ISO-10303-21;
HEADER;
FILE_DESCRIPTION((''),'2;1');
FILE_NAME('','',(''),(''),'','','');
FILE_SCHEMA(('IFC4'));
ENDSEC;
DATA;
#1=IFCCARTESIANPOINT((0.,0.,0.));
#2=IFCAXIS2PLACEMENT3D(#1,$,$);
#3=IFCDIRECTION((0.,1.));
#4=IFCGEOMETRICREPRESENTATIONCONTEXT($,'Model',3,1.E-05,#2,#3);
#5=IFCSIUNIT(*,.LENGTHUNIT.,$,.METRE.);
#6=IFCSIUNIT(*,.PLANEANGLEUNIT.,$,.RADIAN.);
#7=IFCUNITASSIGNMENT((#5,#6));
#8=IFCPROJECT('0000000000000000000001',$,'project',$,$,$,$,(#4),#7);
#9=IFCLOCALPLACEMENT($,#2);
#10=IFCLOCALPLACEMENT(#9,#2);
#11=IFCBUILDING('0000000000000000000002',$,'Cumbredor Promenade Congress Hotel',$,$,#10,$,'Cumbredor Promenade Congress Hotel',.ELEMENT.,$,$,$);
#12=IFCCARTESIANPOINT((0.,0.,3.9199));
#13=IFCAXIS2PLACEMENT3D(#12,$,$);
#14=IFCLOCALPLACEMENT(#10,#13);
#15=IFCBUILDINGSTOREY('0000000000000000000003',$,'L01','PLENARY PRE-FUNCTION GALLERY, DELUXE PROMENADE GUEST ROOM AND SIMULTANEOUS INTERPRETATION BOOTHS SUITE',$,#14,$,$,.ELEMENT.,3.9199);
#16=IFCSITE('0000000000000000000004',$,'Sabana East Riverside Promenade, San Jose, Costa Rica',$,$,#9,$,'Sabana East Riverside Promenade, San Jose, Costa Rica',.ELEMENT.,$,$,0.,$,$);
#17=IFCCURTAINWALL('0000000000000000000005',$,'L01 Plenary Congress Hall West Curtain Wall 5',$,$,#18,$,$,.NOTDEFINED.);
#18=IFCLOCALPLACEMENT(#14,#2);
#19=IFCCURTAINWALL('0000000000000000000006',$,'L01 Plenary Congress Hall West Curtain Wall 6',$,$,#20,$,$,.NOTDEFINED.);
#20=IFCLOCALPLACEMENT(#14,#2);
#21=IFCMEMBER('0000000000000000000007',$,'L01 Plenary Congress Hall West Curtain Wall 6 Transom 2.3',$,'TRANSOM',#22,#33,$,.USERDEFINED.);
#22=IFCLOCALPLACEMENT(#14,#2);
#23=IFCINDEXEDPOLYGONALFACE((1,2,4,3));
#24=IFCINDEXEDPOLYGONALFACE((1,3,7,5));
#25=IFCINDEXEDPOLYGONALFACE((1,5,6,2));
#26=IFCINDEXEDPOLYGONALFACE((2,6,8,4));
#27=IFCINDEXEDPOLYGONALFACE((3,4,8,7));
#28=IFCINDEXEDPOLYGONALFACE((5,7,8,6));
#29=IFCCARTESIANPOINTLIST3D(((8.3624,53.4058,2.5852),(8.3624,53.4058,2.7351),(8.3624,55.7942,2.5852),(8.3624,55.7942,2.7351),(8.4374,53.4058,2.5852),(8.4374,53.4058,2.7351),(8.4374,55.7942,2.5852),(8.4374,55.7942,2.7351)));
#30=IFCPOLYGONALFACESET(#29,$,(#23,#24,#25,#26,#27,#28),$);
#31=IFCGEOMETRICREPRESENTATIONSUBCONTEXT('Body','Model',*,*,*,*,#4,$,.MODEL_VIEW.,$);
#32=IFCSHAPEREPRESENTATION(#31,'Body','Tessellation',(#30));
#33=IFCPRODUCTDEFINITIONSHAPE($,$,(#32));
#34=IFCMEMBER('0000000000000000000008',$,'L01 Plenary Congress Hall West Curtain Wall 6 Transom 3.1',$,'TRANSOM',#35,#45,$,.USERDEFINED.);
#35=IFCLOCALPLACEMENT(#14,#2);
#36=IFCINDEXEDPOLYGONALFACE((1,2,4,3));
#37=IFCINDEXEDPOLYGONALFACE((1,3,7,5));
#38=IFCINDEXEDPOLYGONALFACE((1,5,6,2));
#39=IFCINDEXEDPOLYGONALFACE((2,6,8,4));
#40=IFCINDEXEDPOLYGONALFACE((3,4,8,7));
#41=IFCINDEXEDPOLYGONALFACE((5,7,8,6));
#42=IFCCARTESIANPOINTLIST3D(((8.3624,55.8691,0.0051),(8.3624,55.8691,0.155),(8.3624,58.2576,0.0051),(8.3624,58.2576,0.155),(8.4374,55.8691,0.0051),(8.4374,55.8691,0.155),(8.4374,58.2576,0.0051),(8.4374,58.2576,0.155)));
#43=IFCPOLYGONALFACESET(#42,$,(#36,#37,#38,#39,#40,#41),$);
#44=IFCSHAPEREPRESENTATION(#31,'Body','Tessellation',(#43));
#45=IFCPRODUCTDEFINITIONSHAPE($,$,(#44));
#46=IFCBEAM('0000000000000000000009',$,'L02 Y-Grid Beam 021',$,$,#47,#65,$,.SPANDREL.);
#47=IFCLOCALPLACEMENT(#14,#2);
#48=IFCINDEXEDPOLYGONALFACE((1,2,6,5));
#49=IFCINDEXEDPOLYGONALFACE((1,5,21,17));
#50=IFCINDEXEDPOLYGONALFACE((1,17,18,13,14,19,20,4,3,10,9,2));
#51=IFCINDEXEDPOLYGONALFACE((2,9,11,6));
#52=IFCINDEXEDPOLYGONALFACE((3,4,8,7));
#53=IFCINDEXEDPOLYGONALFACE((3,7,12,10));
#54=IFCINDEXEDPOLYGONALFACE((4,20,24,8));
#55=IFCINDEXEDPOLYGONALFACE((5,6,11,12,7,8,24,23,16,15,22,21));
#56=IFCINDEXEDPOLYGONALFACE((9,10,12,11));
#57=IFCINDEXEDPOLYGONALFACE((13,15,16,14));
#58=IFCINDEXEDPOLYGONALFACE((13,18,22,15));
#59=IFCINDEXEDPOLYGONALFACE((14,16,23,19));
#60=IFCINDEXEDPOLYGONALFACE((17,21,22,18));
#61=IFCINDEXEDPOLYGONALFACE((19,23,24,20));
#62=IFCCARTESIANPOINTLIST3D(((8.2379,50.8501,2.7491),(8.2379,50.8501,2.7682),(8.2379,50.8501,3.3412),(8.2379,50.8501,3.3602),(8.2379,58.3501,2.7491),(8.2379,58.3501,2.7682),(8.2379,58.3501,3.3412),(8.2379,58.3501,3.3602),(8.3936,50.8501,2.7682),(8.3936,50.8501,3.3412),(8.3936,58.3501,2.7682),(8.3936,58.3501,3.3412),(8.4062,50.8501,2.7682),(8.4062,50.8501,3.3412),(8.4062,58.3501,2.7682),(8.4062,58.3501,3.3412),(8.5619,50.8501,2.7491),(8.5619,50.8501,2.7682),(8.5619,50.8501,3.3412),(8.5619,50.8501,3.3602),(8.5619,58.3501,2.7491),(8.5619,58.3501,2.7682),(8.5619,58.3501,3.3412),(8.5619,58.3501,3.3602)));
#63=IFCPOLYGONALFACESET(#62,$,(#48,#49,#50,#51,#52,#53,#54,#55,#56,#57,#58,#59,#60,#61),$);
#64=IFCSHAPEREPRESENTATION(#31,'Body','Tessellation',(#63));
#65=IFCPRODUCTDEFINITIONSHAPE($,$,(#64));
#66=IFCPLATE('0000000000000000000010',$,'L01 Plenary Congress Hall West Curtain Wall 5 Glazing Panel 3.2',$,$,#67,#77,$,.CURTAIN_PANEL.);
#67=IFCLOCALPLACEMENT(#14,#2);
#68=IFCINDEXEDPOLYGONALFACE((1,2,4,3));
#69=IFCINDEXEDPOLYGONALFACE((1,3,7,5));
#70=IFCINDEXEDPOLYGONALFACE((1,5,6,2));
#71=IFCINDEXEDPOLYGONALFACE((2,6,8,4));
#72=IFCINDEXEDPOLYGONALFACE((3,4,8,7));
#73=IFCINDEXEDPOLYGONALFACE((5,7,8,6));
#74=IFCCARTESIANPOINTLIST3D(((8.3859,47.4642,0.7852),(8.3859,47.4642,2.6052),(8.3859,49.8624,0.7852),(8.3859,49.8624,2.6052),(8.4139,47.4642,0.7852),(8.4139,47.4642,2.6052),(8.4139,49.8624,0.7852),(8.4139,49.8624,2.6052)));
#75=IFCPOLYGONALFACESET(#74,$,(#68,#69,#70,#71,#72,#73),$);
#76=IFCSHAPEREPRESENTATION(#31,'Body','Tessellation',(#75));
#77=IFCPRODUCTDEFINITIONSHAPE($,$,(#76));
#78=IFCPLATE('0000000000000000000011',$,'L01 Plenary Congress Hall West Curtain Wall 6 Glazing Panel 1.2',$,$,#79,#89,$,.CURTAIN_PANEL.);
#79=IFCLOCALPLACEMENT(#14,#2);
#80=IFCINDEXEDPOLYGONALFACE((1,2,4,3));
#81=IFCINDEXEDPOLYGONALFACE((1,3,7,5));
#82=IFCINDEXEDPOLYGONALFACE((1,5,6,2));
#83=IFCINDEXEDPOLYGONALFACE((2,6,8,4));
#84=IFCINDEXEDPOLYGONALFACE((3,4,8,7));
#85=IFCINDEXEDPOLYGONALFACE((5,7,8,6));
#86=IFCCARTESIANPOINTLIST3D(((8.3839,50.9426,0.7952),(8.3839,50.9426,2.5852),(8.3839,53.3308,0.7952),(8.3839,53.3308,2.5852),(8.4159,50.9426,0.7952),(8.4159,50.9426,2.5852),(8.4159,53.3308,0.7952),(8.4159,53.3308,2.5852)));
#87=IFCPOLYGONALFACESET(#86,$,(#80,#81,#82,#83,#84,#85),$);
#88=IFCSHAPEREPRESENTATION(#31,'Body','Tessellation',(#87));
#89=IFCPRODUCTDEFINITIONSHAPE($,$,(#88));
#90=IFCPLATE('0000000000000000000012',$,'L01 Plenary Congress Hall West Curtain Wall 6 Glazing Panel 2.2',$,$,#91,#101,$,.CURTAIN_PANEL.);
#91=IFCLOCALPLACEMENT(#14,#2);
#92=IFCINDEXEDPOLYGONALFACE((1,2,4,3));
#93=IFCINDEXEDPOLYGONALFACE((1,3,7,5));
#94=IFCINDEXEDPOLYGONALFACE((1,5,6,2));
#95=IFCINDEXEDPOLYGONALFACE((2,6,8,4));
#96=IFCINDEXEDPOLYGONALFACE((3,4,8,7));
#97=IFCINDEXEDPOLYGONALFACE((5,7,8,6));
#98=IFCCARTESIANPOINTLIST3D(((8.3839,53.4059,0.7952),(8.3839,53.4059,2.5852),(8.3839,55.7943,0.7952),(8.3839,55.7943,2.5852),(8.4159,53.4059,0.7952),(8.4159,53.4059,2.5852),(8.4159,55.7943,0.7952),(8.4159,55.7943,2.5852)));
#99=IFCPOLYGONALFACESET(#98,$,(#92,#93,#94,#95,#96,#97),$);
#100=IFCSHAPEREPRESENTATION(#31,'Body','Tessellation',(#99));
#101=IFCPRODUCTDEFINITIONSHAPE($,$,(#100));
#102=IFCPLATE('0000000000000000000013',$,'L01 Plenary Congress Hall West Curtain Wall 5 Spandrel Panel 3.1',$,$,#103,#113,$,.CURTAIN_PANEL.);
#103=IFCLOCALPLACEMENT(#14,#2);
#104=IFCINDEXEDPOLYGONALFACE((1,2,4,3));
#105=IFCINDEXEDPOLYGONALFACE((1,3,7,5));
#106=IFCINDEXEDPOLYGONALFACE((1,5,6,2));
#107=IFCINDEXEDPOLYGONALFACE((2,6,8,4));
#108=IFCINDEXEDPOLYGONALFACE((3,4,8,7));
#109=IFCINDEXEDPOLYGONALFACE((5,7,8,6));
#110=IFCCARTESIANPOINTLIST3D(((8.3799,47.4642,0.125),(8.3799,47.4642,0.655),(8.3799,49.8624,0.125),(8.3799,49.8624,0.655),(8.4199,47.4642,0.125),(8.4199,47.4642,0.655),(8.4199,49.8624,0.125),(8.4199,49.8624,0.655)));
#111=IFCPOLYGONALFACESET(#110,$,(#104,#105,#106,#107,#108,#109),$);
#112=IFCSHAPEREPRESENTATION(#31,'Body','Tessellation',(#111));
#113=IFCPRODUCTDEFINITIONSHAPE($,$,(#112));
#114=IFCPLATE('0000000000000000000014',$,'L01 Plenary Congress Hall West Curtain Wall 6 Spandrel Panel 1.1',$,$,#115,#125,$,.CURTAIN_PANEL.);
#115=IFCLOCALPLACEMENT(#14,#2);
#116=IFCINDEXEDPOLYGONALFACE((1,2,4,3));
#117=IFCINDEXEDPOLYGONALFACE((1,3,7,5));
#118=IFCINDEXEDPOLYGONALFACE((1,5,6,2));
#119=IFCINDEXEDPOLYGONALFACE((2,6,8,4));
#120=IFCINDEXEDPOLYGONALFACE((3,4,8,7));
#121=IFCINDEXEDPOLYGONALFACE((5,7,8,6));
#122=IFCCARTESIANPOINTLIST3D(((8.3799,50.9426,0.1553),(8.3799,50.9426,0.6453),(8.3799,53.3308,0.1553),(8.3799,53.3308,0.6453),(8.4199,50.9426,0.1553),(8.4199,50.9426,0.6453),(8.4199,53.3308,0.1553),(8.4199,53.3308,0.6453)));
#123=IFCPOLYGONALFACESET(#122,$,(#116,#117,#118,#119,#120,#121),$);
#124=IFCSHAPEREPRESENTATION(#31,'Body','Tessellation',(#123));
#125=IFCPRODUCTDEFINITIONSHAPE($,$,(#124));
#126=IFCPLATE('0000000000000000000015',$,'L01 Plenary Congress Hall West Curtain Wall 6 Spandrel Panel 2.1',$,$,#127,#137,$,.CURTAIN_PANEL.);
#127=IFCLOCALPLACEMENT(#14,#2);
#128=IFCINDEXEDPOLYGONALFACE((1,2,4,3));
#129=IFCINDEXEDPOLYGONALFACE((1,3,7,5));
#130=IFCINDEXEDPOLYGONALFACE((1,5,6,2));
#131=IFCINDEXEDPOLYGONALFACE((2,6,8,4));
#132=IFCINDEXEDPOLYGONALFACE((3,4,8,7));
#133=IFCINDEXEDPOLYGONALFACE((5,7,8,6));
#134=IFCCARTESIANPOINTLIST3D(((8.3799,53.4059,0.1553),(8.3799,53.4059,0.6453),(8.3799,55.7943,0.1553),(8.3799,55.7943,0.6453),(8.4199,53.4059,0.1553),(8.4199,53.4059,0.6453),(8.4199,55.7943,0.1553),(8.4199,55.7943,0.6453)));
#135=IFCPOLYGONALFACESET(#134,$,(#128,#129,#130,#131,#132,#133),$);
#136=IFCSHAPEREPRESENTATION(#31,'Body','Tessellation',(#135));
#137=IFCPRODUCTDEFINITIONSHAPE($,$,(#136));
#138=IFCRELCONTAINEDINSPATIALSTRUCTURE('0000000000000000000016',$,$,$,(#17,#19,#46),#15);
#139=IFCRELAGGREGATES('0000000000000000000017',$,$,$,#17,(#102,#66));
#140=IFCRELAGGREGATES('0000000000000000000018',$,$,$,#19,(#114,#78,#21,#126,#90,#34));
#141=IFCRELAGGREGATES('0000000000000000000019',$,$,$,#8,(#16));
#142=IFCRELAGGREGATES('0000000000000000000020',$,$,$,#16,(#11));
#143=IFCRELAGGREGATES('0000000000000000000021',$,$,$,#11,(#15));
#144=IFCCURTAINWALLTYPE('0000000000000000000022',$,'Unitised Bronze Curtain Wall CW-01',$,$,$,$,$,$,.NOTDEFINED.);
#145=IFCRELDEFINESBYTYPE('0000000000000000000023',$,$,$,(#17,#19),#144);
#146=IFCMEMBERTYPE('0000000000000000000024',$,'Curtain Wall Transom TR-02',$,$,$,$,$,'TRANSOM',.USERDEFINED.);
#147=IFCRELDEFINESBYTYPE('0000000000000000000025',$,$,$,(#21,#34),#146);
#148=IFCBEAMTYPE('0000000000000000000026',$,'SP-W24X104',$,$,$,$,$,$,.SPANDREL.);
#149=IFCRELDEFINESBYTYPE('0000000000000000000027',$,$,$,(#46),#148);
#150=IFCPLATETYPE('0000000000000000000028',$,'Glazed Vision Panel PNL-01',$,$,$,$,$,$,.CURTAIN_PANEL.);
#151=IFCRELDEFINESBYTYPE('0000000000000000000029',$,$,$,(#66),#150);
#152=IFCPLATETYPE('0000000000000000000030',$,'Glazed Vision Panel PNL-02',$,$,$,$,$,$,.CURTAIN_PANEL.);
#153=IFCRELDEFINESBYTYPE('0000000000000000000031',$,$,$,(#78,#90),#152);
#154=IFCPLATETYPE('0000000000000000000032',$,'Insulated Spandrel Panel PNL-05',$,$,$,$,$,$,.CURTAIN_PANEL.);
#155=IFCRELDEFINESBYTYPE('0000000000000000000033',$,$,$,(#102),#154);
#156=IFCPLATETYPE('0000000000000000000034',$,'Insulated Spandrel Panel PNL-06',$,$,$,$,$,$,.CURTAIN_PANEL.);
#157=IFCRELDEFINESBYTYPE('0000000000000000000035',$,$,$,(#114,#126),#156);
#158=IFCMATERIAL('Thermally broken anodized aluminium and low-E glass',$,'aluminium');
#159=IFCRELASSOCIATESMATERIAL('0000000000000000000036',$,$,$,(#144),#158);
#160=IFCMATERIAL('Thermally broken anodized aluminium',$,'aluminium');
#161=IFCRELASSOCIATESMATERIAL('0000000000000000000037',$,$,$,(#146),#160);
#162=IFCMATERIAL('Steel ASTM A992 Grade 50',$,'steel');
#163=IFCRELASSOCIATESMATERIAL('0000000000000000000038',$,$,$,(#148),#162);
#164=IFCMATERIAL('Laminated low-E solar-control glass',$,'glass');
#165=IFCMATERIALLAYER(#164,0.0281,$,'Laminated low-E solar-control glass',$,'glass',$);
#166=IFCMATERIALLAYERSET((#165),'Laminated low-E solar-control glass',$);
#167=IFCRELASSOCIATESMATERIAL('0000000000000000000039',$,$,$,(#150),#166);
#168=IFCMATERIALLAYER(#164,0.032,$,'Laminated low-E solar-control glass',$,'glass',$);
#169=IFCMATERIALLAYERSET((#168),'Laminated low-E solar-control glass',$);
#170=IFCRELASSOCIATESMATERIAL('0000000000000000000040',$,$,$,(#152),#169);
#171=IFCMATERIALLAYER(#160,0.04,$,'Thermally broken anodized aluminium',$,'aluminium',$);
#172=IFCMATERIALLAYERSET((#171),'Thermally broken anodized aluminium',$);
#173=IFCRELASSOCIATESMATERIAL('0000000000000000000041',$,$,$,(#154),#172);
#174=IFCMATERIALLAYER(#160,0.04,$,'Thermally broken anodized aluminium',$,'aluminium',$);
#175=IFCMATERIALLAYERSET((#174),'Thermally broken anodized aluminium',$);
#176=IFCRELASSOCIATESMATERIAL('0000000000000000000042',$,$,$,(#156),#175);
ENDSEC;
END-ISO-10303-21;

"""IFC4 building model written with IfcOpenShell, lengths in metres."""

from ifc_helpers import new_model, si_unit, direction, frame, origin, origin_2d, place, context, subcontext, project, spatial, rectangle, i_section, extrude, material, layer, layer_set, material_profile, profile_set, type_object, element, aggregate, save


model = new_model("IFC4")

# Units and contexts
model_context = context("Model", 3, precision=1e-05, world=origin(), true_north=direction((0.0, 1.0)))
body_context = subcontext(model_context, "Body", "Model", "MODEL_VIEW")
ifc_project = project(units=[si_unit("LENGTHUNIT", "METRE"), si_unit("PLANEANGLEUNIT", "RADIAN")], contexts=[model_context])

# Site, building, storey
site_placement = place(None, origin())
site = spatial("IfcSite", under=ifc_project, at=site_placement, Name="Sabana East Riverside Promenade, San Jose, Costa Rica", LongName="Sabana East Riverside Promenade, San Jose, Costa Rica", CompositionType="ELEMENT", RefElevation=0.0)
building_placement = place(site_placement, origin())
building = spatial("IfcBuilding", under=site, at=building_placement, Name="Cumbredor Promenade Congress Hotel", LongName="Cumbredor Promenade Congress Hotel", CompositionType="ELEMENT")
storey_placement = place(building_placement, frame((0.0, 0.0, 3.9199)))
storey = spatial("IfcBuildingStorey", under=building, at=storey_placement, Name="L01", Description="PLENARY PRE-FUNCTION GALLERY, DELUXE PROMENADE GUEST ROOM AND SIMULTANEOUS INTERPRETATION BOOTHS SUITE", CompositionType="ELEMENT", Elevation=3.9199)

# Curtain walls
ifc_material_1 = material(Name="Thermally broken anodized aluminium and low-E glass", Category="aluminium")
curtain_wall_type = type_object("IfcCurtainWallType", Name="Unitised Bronze Curtain Wall CW-01", PredefinedType="NOTDEFINED", material=ifc_material_1)
curtain_wall_1_placement = place(storey_placement, origin())
curtain_wall_1 = element("IfcCurtainWall", 1, at=curtain_wall_1_placement, inside=storey, type_object=curtain_wall_type, Name="L01 Plenary Congress Hall West Curtain Wall 5", PredefinedType="NOTDEFINED")
ifc_material_2 = material(Name="Thermally broken anodized aluminium", Category="aluminium")
curtain_wall_2_placement = place(storey_placement, origin())
curtain_wall_2 = element("IfcCurtainWall", 2, at=curtain_wall_2_placement, inside=storey, type_object=curtain_wall_type, Name="L01 Plenary Congress Hall West Curtain Wall 6", PredefinedType="NOTDEFINED")

# Members
ifc_material_profile_1 = material_profile(ifc_material_2, rectangle(XDim=0.075, YDim=0.1499, at=origin_2d()), Name="ALU TRANSOM 75x150")
ifc_profile_set_1 = profile_set([ifc_material_profile_1], Name="Thermally broken anodized aluminium")
member_type_1 = type_object("IfcMemberType", Name="Curtain Wall Transom TR-02", ElementType="TRANSOM", PredefinedType="USERDEFINED", material=ifc_profile_set_1)
member_1_placement = place(storey_placement, frame((8.3999, 53.4058, 2.6602), z_axis=(0.0, 1.0, 0.0), x_axis=(-1.0, 0.0, 0.0)))
member_1 = element("IfcMember", 3, at=member_1_placement, type_object=member_type_1, Name="L01 Plenary Congress Hall West Curtain Wall 6 Transom 2.3", ObjectType="TRANSOM", PredefinedType="USERDEFINED", context=body_context, shape_type="SweptSolid", body=[
    extrude(rectangle(XDim=0.075, YDim=0.1499, at=origin_2d()), origin(), (0.0, 0.0, 1.0), 2.3884),
])
member_2_placement = place(storey_placement, frame((8.3999, 55.8691, 0.0801), z_axis=(0.0, 1.0, 0.0), x_axis=(-1.0, 0.0, 0.0)))
member_2 = element("IfcMember", 4, at=member_2_placement, type_object=member_type_1, Name="L01 Plenary Congress Hall West Curtain Wall 6 Transom 3.1", ObjectType="TRANSOM", PredefinedType="USERDEFINED", context=body_context, shape_type="SweptSolid", body=[
    extrude(rectangle(XDim=0.075, YDim=0.1499, at=origin_2d()), origin(), (0.0, 0.0, 1.0), 2.3884),
])

# Beam
ifc_material_3 = material(Name="Steel ASTM A992 Grade 50", Category="steel")
ifc_material_profile_2 = material_profile(ifc_material_3, i_section(OverallWidth=0.324, OverallDepth=0.6111, WebThickness=0.0127, FlangeThickness=0.019, at=origin_2d()), Name="W24X104")
ifc_profile_set_2 = profile_set([ifc_material_profile_2], Name="Steel ASTM A992 Grade 50")
beam_type = type_object("IfcBeamType", Name="SP-W24X104", PredefinedType="SPANDREL", material=ifc_profile_set_2)
beam_placement = place(storey_placement, frame((8.3999, 50.8501, 3.0547), z_axis=(0.0, 1.0, 0.0), x_axis=(-1.0, 0.0, 0.0)))
element("IfcBeam", 5, at=beam_placement, inside=storey, type_object=beam_type, Name="L02 Y-Grid Beam 021", PredefinedType="SPANDREL", context=body_context, shape_type="SweptSolid", body=[
    extrude(i_section(OverallWidth=0.324, OverallDepth=0.6111, WebThickness=0.0127, FlangeThickness=0.019, at=origin_2d()), origin(), (0.0, 0.0, 1.0), 7.5),
])

# Plates
ifc_material_4 = material(Name="Laminated low-E solar-control glass", Category="glass")
ifc_layer_1 = layer(ifc_material_4, 0.0281, Name="Laminated low-E solar-control glass", Category="glass")
ifc_layer_set_1 = layer_set([ifc_layer_1], Name="Laminated low-E solar-control glass")
plate_type_1 = type_object("IfcPlateType", Name="Glazed Vision Panel PNL-01", PredefinedType="CURTAIN_PANEL", material=ifc_layer_set_1)
plate_1_placement = place(storey_placement, frame((8.3999, 48.6633, 0.7852), z_axis=(0.0, 0.0, 1.0), x_axis=(0.0, 1.0, 0.0)))
plate_1 = element("IfcPlate", 6, at=plate_1_placement, type_object=plate_type_1, Name="L01 Plenary Congress Hall West Curtain Wall 5 Glazing Panel 3.2", PredefinedType="CURTAIN_PANEL", context=body_context, shape_type="SweptSolid", body=[
    extrude(rectangle(XDim=2.3982, YDim=0.0281, at=origin_2d()), origin(), (0.0, 0.0, 1.0), 1.8201),
])
ifc_layer_2 = layer(ifc_material_4, 0.032, Name="Laminated low-E solar-control glass", Category="glass")
ifc_layer_set_2 = layer_set([ifc_layer_2], Name="Laminated low-E solar-control glass")
plate_type_2 = type_object("IfcPlateType", Name="Glazed Vision Panel PNL-02", PredefinedType="CURTAIN_PANEL", material=ifc_layer_set_2)
plate_2_placement = place(storey_placement, frame((8.3999, 52.1367, 0.7952), z_axis=(0.0, 0.0, 1.0), x_axis=(0.0, 1.0, 0.0)))
plate_2 = element("IfcPlate", 7, at=plate_2_placement, type_object=plate_type_2, Name="L01 Plenary Congress Hall West Curtain Wall 6 Glazing Panel 1.2", PredefinedType="CURTAIN_PANEL", context=body_context, shape_type="SweptSolid", body=[
    extrude(rectangle(XDim=2.3882, YDim=0.032, at=origin_2d()), origin(), (0.0, 0.0, 1.0), 1.79),
])
plate_3_placement = place(storey_placement, frame((8.3999, 54.6001, 0.7952), z_axis=(0.0, 0.0, 1.0), x_axis=(0.0, 1.0, 0.0)))
plate_3 = element("IfcPlate", 8, at=plate_3_placement, type_object=plate_type_2, Name="L01 Plenary Congress Hall West Curtain Wall 6 Glazing Panel 2.2", PredefinedType="CURTAIN_PANEL", context=body_context, shape_type="SweptSolid", body=[
    extrude(rectangle(XDim=2.3884, YDim=0.032, at=origin_2d()), origin(), (0.0, 0.0, 1.0), 1.79),
])
ifc_layer_3 = layer(ifc_material_2, 0.04, Name="Thermally broken anodized aluminium", Category="aluminium")
ifc_layer_set_3 = layer_set([ifc_layer_3], Name="Thermally broken anodized aluminium")
plate_type_3 = type_object("IfcPlateType", Name="Insulated Spandrel Panel PNL-05", PredefinedType="CURTAIN_PANEL", material=ifc_layer_set_3)
plate_4_placement = place(storey_placement, frame((8.3999, 48.6633, 0.125), z_axis=(0.0, 0.0, 1.0), x_axis=(0.0, 1.0, 0.0)))
plate_4 = element("IfcPlate", 9, at=plate_4_placement, type_object=plate_type_3, Name="L01 Plenary Congress Hall West Curtain Wall 5 Spandrel Panel 3.1", PredefinedType="CURTAIN_PANEL", context=body_context, shape_type="SweptSolid", body=[
    extrude(rectangle(XDim=2.3982, YDim=0.04, at=origin_2d()), origin(), (0.0, 0.0, 1.0), 0.53),
])
aggregate(curtain_wall_1, [plate_4, plate_1])
ifc_layer_4 = layer(ifc_material_2, 0.04, Name="Thermally broken anodized aluminium", Category="aluminium")
ifc_layer_set_4 = layer_set([ifc_layer_4], Name="Thermally broken anodized aluminium")
plate_type_4 = type_object("IfcPlateType", Name="Insulated Spandrel Panel PNL-06", PredefinedType="CURTAIN_PANEL", material=ifc_layer_set_4)
plate_5_placement = place(storey_placement, frame((8.3999, 52.1367, 0.1553), z_axis=(0.0, 0.0, 1.0), x_axis=(0.0, 1.0, 0.0)))
plate_5 = element("IfcPlate", 10, at=plate_5_placement, type_object=plate_type_4, Name="L01 Plenary Congress Hall West Curtain Wall 6 Spandrel Panel 1.1", PredefinedType="CURTAIN_PANEL", context=body_context, shape_type="SweptSolid", body=[
    extrude(rectangle(XDim=2.3882, YDim=0.04, at=origin_2d()), origin(), (0.0, 0.0, 1.0), 0.49),
])
plate_6_placement = place(storey_placement, frame((8.3999, 54.6001, 0.1553), z_axis=(0.0, 0.0, 1.0), x_axis=(0.0, 1.0, 0.0)))
plate_6 = element("IfcPlate", 11, at=plate_6_placement, type_object=plate_type_4, Name="L01 Plenary Congress Hall West Curtain Wall 6 Spandrel Panel 2.1", PredefinedType="CURTAIN_PANEL", context=body_context, shape_type="SweptSolid", body=[
    extrude(rectangle(XDim=2.3884, YDim=0.04, at=origin_2d()), origin(), (0.0, 0.0, 1.0), 0.49),
])
aggregate(curtain_wall_2, [plate_5, plate_2, member_1, plate_6, plate_3, member_2])

save(model, "model.ifc")
